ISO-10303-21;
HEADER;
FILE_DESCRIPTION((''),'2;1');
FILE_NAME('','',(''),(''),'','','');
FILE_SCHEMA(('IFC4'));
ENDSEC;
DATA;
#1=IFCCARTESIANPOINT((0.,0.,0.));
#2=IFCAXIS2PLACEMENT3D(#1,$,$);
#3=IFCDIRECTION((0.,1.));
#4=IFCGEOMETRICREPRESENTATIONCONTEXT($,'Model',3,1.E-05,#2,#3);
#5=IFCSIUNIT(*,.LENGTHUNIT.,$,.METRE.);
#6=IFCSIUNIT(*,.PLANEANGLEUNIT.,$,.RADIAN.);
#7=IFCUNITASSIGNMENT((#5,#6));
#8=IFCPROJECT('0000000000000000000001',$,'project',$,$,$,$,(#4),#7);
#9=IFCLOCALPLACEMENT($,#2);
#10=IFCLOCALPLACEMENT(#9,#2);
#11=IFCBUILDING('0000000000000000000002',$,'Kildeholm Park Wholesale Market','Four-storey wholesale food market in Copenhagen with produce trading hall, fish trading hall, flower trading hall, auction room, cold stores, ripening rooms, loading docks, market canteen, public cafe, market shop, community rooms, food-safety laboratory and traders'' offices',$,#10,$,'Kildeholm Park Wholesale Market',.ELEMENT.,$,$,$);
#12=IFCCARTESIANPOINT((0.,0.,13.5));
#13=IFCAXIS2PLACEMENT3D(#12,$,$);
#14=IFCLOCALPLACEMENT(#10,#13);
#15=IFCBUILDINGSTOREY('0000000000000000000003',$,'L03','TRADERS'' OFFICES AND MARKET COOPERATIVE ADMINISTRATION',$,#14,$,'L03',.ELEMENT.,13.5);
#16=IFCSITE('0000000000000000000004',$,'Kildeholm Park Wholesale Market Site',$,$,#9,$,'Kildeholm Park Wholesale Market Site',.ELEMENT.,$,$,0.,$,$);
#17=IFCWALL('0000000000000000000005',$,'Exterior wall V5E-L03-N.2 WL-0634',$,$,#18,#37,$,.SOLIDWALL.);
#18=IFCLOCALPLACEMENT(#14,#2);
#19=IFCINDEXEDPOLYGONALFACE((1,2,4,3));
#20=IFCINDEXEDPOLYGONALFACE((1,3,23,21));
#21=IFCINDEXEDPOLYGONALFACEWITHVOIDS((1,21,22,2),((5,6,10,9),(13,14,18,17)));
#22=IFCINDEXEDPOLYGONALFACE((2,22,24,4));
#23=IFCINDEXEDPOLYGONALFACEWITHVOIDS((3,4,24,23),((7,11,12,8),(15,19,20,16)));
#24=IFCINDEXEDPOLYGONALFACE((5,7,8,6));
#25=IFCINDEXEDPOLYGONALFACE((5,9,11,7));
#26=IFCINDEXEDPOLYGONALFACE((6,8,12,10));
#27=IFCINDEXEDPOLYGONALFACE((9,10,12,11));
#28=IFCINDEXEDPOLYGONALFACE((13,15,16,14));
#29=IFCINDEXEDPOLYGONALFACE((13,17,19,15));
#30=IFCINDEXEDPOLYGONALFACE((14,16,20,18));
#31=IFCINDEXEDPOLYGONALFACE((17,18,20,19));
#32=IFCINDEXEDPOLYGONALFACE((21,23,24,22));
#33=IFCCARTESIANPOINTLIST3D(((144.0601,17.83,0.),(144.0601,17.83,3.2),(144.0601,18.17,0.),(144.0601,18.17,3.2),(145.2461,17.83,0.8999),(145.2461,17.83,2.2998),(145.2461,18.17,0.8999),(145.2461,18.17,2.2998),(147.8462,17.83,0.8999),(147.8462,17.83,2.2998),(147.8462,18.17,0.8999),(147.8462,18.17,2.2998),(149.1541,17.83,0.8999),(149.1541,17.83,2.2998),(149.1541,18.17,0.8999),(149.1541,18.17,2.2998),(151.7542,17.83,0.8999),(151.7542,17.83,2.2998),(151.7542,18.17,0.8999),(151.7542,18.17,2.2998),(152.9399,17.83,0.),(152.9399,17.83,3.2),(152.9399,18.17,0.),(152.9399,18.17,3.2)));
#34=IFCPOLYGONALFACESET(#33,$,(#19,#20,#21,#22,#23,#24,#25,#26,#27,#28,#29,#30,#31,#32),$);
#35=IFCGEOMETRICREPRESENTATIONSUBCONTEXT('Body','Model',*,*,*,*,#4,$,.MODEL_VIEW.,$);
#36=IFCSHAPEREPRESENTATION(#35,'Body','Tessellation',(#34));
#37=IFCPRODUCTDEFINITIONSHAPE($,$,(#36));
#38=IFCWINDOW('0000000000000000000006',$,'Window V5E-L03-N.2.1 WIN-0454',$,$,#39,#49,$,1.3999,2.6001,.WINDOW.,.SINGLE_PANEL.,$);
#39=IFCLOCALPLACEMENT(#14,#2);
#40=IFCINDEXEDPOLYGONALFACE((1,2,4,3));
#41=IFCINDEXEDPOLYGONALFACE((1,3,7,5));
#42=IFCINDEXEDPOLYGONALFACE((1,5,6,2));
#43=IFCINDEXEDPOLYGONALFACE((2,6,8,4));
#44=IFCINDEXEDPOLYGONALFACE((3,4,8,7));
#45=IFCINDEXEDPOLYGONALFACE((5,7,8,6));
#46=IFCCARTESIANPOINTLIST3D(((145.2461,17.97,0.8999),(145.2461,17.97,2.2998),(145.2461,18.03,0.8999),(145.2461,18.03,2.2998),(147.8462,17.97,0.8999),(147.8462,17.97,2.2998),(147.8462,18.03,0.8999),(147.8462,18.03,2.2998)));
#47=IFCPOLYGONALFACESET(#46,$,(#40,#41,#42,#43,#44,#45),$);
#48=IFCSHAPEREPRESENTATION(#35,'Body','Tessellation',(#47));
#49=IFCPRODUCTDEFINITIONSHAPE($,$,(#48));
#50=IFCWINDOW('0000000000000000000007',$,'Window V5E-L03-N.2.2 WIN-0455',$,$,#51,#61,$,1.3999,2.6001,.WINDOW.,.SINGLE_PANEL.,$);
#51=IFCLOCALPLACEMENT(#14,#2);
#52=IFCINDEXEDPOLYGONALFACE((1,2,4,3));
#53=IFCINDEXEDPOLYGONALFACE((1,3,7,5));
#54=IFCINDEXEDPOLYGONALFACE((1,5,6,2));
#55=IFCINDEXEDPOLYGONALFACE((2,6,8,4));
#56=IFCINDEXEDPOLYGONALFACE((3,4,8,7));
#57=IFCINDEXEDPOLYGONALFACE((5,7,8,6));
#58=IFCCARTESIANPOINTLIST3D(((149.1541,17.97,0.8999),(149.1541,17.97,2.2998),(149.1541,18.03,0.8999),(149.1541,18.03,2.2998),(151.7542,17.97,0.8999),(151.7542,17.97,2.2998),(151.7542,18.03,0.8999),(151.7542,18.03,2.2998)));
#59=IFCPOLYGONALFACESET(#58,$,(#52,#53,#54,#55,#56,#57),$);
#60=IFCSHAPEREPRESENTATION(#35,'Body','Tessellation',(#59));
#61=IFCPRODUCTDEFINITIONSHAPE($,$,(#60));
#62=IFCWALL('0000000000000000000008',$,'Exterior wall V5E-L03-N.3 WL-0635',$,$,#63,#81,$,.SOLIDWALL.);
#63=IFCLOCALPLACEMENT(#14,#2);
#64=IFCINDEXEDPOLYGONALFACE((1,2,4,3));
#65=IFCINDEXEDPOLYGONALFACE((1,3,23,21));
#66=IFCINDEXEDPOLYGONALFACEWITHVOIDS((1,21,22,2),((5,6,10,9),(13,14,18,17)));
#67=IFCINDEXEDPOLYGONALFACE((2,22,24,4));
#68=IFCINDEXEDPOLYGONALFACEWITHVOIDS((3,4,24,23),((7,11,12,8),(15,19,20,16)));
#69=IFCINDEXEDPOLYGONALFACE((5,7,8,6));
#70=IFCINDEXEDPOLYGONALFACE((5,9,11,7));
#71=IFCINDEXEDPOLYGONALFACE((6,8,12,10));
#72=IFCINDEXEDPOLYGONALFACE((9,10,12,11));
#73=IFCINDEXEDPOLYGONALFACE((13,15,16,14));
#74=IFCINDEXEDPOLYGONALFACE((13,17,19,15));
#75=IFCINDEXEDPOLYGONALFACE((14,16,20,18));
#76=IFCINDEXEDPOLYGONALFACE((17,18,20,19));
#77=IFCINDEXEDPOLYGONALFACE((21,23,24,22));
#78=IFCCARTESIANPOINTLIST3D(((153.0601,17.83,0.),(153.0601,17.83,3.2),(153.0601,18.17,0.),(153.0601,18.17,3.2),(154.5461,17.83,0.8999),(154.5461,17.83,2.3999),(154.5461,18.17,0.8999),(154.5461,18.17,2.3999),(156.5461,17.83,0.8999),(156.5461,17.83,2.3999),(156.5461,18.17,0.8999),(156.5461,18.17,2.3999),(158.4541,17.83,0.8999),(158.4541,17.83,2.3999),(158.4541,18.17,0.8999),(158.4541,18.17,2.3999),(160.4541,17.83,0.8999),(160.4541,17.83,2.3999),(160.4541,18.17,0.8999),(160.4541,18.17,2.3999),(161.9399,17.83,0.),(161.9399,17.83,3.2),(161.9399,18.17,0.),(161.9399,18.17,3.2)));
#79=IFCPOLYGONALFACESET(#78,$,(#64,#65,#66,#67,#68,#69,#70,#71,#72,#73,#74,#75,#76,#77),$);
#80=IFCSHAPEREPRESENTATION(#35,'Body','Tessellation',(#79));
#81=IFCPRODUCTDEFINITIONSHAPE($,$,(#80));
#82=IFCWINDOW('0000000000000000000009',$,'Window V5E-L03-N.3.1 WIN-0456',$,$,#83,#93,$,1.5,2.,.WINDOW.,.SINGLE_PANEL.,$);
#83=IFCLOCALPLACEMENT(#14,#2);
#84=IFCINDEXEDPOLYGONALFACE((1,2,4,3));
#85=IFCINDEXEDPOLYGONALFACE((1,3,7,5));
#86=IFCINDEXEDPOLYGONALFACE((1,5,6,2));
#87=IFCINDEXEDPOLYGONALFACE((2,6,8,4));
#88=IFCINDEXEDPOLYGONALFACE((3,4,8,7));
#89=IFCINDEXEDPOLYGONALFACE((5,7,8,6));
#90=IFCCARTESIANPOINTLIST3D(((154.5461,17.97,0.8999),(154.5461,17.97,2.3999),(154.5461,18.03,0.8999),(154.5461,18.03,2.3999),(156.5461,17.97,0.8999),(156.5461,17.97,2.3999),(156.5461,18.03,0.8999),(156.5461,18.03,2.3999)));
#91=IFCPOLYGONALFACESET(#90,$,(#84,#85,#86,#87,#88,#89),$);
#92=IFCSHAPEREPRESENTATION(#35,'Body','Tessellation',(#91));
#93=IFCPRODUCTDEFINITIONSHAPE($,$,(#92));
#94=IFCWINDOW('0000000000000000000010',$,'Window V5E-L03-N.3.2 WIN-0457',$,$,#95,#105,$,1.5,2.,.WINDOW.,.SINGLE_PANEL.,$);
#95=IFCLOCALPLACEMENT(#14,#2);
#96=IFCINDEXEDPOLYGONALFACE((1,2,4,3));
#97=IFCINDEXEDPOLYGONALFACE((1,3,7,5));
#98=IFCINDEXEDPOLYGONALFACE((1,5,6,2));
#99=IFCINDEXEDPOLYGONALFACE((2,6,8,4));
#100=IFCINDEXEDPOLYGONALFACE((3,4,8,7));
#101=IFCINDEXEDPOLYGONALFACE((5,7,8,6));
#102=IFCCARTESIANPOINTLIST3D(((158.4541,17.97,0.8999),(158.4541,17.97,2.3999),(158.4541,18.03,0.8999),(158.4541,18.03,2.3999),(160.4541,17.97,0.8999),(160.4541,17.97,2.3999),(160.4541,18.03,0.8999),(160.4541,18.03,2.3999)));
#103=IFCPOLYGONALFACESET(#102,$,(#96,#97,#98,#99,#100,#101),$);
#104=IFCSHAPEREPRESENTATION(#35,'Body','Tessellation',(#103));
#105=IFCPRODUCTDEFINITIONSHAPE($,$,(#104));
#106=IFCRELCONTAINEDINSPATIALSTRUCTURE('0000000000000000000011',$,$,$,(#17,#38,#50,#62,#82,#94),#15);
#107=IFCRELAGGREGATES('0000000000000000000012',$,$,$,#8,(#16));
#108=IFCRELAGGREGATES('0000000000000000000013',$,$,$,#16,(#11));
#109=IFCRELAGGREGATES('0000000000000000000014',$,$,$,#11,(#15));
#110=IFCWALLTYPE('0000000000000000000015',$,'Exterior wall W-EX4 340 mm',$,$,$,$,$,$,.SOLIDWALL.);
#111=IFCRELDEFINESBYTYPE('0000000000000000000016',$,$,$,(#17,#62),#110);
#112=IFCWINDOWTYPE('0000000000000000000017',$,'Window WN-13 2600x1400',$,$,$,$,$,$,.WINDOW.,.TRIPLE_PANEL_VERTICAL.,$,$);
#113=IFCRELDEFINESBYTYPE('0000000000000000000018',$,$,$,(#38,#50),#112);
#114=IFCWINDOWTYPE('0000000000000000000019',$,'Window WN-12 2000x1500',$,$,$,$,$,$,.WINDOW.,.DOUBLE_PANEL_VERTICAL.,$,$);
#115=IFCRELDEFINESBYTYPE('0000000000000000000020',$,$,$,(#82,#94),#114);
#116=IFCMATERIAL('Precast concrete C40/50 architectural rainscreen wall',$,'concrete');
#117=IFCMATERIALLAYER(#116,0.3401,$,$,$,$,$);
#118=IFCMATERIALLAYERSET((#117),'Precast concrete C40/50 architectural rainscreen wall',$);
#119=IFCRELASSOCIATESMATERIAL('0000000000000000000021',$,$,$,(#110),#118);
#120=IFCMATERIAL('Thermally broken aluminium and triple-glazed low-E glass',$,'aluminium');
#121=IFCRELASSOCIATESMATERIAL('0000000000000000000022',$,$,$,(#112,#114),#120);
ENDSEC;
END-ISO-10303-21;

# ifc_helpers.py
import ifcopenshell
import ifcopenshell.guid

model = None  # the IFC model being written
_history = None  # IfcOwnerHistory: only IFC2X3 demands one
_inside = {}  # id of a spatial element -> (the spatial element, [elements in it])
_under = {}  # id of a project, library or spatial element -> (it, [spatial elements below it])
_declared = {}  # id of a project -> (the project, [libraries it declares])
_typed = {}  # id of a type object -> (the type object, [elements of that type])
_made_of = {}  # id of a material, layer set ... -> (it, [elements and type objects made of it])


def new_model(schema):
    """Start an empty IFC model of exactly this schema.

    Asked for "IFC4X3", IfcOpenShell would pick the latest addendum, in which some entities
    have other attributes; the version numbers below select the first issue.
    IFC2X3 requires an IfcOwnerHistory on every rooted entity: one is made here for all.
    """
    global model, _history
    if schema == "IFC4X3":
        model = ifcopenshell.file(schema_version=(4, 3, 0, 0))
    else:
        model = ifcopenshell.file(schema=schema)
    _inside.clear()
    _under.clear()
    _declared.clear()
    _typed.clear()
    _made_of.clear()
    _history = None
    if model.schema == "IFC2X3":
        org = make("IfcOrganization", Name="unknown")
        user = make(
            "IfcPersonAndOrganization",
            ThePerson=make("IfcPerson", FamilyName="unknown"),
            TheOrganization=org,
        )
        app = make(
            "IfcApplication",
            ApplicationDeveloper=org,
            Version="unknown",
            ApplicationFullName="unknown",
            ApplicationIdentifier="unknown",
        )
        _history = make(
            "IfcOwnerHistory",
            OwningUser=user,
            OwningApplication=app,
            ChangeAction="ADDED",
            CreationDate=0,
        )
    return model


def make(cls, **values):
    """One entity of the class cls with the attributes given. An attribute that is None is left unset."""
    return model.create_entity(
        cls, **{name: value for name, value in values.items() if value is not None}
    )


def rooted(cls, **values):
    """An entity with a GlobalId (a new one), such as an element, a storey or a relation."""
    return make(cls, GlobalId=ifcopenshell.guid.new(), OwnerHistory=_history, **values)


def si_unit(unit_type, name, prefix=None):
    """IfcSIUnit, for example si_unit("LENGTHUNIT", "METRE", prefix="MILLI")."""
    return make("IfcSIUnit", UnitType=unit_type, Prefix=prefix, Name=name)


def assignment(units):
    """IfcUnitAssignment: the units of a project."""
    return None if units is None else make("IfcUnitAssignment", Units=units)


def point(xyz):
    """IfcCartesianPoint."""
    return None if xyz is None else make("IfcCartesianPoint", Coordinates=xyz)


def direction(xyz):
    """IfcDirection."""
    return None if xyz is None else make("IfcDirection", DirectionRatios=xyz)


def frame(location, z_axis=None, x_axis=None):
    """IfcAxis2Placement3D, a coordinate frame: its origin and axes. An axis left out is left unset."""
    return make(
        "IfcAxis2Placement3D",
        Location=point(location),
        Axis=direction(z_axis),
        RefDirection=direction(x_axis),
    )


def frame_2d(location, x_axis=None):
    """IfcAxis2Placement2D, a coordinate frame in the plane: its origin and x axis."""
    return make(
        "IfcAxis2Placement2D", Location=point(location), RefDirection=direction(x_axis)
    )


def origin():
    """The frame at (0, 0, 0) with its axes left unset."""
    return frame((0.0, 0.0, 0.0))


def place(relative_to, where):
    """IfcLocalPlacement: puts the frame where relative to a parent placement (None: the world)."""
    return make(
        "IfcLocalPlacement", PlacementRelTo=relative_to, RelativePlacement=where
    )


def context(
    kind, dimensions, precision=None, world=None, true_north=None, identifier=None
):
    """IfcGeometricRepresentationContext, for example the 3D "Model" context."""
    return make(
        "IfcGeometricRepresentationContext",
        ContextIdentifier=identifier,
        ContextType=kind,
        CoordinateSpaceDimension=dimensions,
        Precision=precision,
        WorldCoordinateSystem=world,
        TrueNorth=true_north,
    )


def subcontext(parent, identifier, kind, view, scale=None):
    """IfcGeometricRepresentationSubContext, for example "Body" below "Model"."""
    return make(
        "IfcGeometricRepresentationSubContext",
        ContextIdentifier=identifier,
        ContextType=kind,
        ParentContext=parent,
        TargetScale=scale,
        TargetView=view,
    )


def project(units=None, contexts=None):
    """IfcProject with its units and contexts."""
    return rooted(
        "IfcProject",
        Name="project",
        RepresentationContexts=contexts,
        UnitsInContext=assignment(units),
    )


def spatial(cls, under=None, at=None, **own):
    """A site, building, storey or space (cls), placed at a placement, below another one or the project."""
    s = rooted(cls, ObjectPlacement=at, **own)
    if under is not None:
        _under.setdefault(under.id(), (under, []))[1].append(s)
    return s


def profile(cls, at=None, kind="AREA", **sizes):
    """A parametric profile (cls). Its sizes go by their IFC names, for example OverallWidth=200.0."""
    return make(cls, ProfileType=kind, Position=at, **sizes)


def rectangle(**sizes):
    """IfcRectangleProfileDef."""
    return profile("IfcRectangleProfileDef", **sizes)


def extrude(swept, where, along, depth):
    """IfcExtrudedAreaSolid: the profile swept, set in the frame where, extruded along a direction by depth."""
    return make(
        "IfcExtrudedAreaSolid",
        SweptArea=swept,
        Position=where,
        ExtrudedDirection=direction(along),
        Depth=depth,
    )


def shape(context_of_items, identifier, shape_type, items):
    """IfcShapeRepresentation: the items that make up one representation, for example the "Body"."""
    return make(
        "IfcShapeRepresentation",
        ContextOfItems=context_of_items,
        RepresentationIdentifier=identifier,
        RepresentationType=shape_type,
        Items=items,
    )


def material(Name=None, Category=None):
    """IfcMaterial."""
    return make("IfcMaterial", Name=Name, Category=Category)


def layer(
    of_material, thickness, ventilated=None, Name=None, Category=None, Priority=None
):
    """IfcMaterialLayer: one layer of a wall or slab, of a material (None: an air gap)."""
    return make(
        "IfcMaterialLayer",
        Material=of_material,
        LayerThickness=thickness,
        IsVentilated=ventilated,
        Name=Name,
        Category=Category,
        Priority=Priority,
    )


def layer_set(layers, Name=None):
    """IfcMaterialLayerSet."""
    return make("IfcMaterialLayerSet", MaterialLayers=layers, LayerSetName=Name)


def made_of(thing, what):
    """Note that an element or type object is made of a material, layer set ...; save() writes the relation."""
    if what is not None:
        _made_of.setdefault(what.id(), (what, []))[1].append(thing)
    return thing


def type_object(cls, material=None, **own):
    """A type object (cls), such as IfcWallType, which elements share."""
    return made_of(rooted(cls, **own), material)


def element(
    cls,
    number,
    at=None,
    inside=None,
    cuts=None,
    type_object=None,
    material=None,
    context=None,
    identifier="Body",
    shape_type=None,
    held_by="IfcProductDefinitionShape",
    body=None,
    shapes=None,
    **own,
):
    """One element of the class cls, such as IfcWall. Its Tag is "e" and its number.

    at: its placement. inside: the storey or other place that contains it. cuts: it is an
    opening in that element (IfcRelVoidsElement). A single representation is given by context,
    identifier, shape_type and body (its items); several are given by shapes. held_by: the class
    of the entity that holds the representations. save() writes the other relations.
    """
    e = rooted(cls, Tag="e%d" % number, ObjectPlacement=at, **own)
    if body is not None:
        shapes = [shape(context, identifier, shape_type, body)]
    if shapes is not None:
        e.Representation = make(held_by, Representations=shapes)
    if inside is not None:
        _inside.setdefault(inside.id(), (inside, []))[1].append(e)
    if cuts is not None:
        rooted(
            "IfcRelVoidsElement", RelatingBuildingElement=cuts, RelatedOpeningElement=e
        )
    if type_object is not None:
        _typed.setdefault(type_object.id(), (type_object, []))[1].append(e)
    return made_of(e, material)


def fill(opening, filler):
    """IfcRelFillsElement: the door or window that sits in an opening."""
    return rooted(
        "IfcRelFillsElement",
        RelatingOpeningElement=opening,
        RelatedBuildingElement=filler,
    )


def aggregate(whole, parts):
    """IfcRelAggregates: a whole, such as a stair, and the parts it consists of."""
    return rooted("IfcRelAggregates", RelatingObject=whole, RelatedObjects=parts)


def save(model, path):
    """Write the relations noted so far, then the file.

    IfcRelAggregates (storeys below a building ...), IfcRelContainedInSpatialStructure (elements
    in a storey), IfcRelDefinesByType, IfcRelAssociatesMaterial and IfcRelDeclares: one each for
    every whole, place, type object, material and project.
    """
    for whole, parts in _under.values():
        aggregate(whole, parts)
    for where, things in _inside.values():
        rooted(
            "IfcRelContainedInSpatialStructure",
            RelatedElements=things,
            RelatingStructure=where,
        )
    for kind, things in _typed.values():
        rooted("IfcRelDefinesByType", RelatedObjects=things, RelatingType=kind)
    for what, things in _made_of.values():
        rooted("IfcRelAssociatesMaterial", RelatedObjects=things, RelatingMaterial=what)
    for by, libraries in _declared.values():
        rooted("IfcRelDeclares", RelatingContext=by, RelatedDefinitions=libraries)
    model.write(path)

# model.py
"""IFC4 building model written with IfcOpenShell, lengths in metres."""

from ifc_helpers import new_model, si_unit, direction, frame, frame_2d, origin, place, context, subcontext, project, spatial, rectangle, extrude, material, layer, layer_set, type_object, element, fill, save


model = new_model("IFC4")

# Units and contexts
model_context = context("Model", 3, precision=1e-05, world=origin(), true_north=direction((0.0, 1.0)))
body_context = subcontext(model_context, "Body", "Model", "MODEL_VIEW")
ifc_project = project(units=[si_unit("LENGTHUNIT", "METRE"), si_unit("PLANEANGLEUNIT", "RADIAN")], contexts=[model_context])

# Site, building, storey
site_placement = place(None, origin())
site = spatial("IfcSite", under=ifc_project, at=site_placement, Name="Kildeholm Park Wholesale Market Site", LongName="Kildeholm Park Wholesale Market Site", CompositionType="ELEMENT", RefElevation=0.0)
building_placement = place(site_placement, origin())
building = spatial("IfcBuilding", under=site, at=building_placement, Name="Kildeholm Park Wholesale Market", Description="Four-storey wholesale food market in Copenhagen with produce trading hall, fish trading hall, flower trading hall, auction room, cold stores, ripening rooms, loading docks, market canteen, public cafe, market shop, community rooms, food-safety laboratory and traders' offices", LongName="Kildeholm Park Wholesale Market", CompositionType="ELEMENT")
storey_placement = place(building_placement, frame((0.0, 0.0, 13.5)))
storey = spatial("IfcBuildingStorey", under=building, at=storey_placement, Name="L03", Description="TRADERS' OFFICES AND MARKET COOPERATIVE ADMINISTRATION", LongName="L03", CompositionType="ELEMENT", Elevation=13.5)

# Walls, openings, windows
ifc_material_1 = material(Name="Precast concrete C40/50 architectural rainscreen wall", Category="concrete")
ifc_layer = layer(ifc_material_1, 0.3401)
ifc_layer_set = layer_set([ifc_layer], Name="Precast concrete C40/50 architectural rainscreen wall")
wall_type = type_object("IfcWallType", Name="Exterior wall W-EX4 340 mm", PredefinedType="SOLIDWALL", material=ifc_layer_set)
ifc_material_2 = material(Name="Thermally broken aluminium and triple-glazed low-E glass", Category="aluminium")
window_type_1 = type_object("IfcWindowType", Name="Window WN-13 2600x1400", PartitioningType="TRIPLE_PANEL_VERTICAL", PredefinedType="WINDOW", material=ifc_material_2)
window_type_2 = type_object("IfcWindowType", Name="Window WN-12 2000x1500", PartitioningType="DOUBLE_PANEL_VERTICAL", PredefinedType="WINDOW", material=ifc_material_2)
wall_1_placement = place(storey_placement, frame((144.0601, 18.0, 0.0), z_axis=(0.0, 0.0, 1.0), x_axis=(1.0, 0.0, 0.0)))
wall_1 = element("IfcWall", 1, at=wall_1_placement, inside=storey, type_object=wall_type, Name="Exterior wall V5E-L03-N.2 WL-0634", PredefinedType="SOLIDWALL", context=body_context, shape_type="SweptSolid", body=[
    extrude(rectangle(XDim=8.8799, YDim=0.3401, at=frame_2d((4.4399, 0.0))), origin(), (0.0, 0.0, 1.0), 3.2),
])
opening_1_placement = place(wall_1_placement, frame((1.186, 0.0, 0.8999)))
opening_1 = element("IfcOpeningElement", 2, at=opening_1_placement, cuts=wall_1, PredefinedType="OPENING", context=body_context, shape_type="SweptSolid", body=[
    extrude(rectangle(XDim=2.6001, YDim=1.3999, at=frame_2d((1.3, 0.7))), frame((0.0, 0.1799, 0.0), z_axis=(0.0, -1.0, 0.0), x_axis=(1.0, 0.0, 0.0)), (0.0, 0.0, 1.0), 0.3601),
])
opening_2_placement = place(wall_1_placement, frame((5.094, 0.0, 0.8999)))
opening_2 = element("IfcOpeningElement", 3, at=opening_2_placement, cuts=wall_1, PredefinedType="OPENING", context=body_context, shape_type="SweptSolid", body=[
    extrude(rectangle(XDim=2.6001, YDim=1.3999, at=frame_2d((1.3, 0.7))), frame((0.0, 0.1799, 0.0), z_axis=(0.0, -1.0, 0.0), x_axis=(1.0, 0.0, 0.0)), (0.0, 0.0, 1.0), 0.3601),
])
window_1_placement = place(opening_1_placement, origin())
window_1 = element("IfcWindow", 4, at=window_1_placement, inside=storey, type_object=window_type_1, Name="Window V5E-L03-N.2.1 WIN-0454", OverallHeight=1.3999, OverallWidth=2.6001, PartitioningType="SINGLE_PANEL", PredefinedType="WINDOW", context=body_context, shape_type="SweptSolid", body=[
    extrude(rectangle(XDim=2.6001, YDim=1.3999, at=frame_2d((1.3, 0.7))), frame((0.0, 0.03, 0.0), z_axis=(0.0, -1.0, 0.0), x_axis=(1.0, 0.0, 0.0)), (0.0, 0.0, 1.0), 0.0601),
])
fill(opening_1, window_1)
window_2_placement = place(opening_2_placement, origin())
window_2 = element("IfcWindow", 5, at=window_2_placement, inside=storey, type_object=window_type_1, Name="Window V5E-L03-N.2.2 WIN-0455", OverallHeight=1.3999, OverallWidth=2.6001, PartitioningType="SINGLE_PANEL", PredefinedType="WINDOW", context=body_context, shape_type="SweptSolid", body=[
    extrude(rectangle(XDim=2.6001, YDim=1.3999, at=frame_2d((1.3, 0.7))), frame((0.0, 0.03, 0.0), z_axis=(0.0, -1.0, 0.0), x_axis=(1.0, 0.0, 0.0)), (0.0, 0.0, 1.0), 0.0601),
])
fill(opening_2, window_2)
wall_2_placement = place(storey_placement, frame((153.0601, 18.0, 0.0), z_axis=(0.0, 0.0, 1.0), x_axis=(1.0, 0.0, 0.0)))
wall_2 = element("IfcWall", 6, at=wall_2_placement, inside=storey, type_object=wall_type, Name="Exterior wall V5E-L03-N.3 WL-0635", PredefinedType="SOLIDWALL", context=body_context, shape_type="SweptSolid", body=[
    extrude(rectangle(XDim=8.8799, YDim=0.3401, at=frame_2d((4.4399, 0.0))), origin(), (0.0, 0.0, 1.0), 3.2),
])
opening_3_placement = place(wall_2_placement, frame((1.4861, 0.0, 0.8999)))
opening_3 = element("IfcOpeningElement", 7, at=opening_3_placement, cuts=wall_2, PredefinedType="OPENING", context=body_context, shape_type="SweptSolid", body=[
    extrude(rectangle(XDim=2.0, YDim=1.5, at=frame_2d((1.0, 0.75))), frame((0.0, 0.1799, 0.0), z_axis=(0.0, -1.0, 0.0), x_axis=(1.0, 0.0, 0.0)), (0.0, 0.0, 1.0), 0.3601),
])
opening_4_placement = place(wall_2_placement, frame((5.394, 0.0, 0.8999)))
opening_4 = element("IfcOpeningElement", 8, at=opening_4_placement, cuts=wall_2, PredefinedType="OPENING", context=body_context, shape_type="SweptSolid", body=[
    extrude(rectangle(XDim=2.0, YDim=1.5, at=frame_2d((1.0, 0.75))), frame((0.0, 0.1799, 0.0), z_axis=(0.0, -1.0, 0.0), x_axis=(1.0, 0.0, 0.0)), (0.0, 0.0, 1.0), 0.3601),
])
window_3_placement = place(opening_3_placement, origin())
window_3 = element("IfcWindow", 9, at=window_3_placement, inside=storey, type_object=window_type_2, Name="Window V5E-L03-N.3.1 WIN-0456", OverallHeight=1.5, OverallWidth=2.0, PartitioningType="SINGLE_PANEL", PredefinedType="WINDOW", context=body_context, shape_type="SweptSolid", body=[
    extrude(rectangle(XDim=2.0, YDim=1.5, at=frame_2d((1.0, 0.75))), frame((0.0, 0.03, 0.0), z_axis=(0.0, -1.0, 0.0), x_axis=(1.0, 0.0, 0.0)), (0.0, 0.0, 1.0), 0.0601),
])
fill(opening_3, window_3)
window_4_placement = place(opening_4_placement, origin())
window_4 = element("IfcWindow", 10, at=window_4_placement, inside=storey, type_object=window_type_2, Name="Window V5E-L03-N.3.2 WIN-0457", OverallHeight=1.5, OverallWidth=2.0, PartitioningType="SINGLE_PANEL", PredefinedType="WINDOW", context=body_context, shape_type="SweptSolid", body=[
    extrude(rectangle(XDim=2.0, YDim=1.5, at=frame_2d((1.0, 0.75))), frame((0.0, 0.03, 0.0), z_axis=(0.0, -1.0, 0.0), x_axis=(1.0, 0.0, 0.0)), (0.0, 0.0, 1.0), 0.0601),
])
fill(opening_4, window_4)

save(model, "model.ifc")
